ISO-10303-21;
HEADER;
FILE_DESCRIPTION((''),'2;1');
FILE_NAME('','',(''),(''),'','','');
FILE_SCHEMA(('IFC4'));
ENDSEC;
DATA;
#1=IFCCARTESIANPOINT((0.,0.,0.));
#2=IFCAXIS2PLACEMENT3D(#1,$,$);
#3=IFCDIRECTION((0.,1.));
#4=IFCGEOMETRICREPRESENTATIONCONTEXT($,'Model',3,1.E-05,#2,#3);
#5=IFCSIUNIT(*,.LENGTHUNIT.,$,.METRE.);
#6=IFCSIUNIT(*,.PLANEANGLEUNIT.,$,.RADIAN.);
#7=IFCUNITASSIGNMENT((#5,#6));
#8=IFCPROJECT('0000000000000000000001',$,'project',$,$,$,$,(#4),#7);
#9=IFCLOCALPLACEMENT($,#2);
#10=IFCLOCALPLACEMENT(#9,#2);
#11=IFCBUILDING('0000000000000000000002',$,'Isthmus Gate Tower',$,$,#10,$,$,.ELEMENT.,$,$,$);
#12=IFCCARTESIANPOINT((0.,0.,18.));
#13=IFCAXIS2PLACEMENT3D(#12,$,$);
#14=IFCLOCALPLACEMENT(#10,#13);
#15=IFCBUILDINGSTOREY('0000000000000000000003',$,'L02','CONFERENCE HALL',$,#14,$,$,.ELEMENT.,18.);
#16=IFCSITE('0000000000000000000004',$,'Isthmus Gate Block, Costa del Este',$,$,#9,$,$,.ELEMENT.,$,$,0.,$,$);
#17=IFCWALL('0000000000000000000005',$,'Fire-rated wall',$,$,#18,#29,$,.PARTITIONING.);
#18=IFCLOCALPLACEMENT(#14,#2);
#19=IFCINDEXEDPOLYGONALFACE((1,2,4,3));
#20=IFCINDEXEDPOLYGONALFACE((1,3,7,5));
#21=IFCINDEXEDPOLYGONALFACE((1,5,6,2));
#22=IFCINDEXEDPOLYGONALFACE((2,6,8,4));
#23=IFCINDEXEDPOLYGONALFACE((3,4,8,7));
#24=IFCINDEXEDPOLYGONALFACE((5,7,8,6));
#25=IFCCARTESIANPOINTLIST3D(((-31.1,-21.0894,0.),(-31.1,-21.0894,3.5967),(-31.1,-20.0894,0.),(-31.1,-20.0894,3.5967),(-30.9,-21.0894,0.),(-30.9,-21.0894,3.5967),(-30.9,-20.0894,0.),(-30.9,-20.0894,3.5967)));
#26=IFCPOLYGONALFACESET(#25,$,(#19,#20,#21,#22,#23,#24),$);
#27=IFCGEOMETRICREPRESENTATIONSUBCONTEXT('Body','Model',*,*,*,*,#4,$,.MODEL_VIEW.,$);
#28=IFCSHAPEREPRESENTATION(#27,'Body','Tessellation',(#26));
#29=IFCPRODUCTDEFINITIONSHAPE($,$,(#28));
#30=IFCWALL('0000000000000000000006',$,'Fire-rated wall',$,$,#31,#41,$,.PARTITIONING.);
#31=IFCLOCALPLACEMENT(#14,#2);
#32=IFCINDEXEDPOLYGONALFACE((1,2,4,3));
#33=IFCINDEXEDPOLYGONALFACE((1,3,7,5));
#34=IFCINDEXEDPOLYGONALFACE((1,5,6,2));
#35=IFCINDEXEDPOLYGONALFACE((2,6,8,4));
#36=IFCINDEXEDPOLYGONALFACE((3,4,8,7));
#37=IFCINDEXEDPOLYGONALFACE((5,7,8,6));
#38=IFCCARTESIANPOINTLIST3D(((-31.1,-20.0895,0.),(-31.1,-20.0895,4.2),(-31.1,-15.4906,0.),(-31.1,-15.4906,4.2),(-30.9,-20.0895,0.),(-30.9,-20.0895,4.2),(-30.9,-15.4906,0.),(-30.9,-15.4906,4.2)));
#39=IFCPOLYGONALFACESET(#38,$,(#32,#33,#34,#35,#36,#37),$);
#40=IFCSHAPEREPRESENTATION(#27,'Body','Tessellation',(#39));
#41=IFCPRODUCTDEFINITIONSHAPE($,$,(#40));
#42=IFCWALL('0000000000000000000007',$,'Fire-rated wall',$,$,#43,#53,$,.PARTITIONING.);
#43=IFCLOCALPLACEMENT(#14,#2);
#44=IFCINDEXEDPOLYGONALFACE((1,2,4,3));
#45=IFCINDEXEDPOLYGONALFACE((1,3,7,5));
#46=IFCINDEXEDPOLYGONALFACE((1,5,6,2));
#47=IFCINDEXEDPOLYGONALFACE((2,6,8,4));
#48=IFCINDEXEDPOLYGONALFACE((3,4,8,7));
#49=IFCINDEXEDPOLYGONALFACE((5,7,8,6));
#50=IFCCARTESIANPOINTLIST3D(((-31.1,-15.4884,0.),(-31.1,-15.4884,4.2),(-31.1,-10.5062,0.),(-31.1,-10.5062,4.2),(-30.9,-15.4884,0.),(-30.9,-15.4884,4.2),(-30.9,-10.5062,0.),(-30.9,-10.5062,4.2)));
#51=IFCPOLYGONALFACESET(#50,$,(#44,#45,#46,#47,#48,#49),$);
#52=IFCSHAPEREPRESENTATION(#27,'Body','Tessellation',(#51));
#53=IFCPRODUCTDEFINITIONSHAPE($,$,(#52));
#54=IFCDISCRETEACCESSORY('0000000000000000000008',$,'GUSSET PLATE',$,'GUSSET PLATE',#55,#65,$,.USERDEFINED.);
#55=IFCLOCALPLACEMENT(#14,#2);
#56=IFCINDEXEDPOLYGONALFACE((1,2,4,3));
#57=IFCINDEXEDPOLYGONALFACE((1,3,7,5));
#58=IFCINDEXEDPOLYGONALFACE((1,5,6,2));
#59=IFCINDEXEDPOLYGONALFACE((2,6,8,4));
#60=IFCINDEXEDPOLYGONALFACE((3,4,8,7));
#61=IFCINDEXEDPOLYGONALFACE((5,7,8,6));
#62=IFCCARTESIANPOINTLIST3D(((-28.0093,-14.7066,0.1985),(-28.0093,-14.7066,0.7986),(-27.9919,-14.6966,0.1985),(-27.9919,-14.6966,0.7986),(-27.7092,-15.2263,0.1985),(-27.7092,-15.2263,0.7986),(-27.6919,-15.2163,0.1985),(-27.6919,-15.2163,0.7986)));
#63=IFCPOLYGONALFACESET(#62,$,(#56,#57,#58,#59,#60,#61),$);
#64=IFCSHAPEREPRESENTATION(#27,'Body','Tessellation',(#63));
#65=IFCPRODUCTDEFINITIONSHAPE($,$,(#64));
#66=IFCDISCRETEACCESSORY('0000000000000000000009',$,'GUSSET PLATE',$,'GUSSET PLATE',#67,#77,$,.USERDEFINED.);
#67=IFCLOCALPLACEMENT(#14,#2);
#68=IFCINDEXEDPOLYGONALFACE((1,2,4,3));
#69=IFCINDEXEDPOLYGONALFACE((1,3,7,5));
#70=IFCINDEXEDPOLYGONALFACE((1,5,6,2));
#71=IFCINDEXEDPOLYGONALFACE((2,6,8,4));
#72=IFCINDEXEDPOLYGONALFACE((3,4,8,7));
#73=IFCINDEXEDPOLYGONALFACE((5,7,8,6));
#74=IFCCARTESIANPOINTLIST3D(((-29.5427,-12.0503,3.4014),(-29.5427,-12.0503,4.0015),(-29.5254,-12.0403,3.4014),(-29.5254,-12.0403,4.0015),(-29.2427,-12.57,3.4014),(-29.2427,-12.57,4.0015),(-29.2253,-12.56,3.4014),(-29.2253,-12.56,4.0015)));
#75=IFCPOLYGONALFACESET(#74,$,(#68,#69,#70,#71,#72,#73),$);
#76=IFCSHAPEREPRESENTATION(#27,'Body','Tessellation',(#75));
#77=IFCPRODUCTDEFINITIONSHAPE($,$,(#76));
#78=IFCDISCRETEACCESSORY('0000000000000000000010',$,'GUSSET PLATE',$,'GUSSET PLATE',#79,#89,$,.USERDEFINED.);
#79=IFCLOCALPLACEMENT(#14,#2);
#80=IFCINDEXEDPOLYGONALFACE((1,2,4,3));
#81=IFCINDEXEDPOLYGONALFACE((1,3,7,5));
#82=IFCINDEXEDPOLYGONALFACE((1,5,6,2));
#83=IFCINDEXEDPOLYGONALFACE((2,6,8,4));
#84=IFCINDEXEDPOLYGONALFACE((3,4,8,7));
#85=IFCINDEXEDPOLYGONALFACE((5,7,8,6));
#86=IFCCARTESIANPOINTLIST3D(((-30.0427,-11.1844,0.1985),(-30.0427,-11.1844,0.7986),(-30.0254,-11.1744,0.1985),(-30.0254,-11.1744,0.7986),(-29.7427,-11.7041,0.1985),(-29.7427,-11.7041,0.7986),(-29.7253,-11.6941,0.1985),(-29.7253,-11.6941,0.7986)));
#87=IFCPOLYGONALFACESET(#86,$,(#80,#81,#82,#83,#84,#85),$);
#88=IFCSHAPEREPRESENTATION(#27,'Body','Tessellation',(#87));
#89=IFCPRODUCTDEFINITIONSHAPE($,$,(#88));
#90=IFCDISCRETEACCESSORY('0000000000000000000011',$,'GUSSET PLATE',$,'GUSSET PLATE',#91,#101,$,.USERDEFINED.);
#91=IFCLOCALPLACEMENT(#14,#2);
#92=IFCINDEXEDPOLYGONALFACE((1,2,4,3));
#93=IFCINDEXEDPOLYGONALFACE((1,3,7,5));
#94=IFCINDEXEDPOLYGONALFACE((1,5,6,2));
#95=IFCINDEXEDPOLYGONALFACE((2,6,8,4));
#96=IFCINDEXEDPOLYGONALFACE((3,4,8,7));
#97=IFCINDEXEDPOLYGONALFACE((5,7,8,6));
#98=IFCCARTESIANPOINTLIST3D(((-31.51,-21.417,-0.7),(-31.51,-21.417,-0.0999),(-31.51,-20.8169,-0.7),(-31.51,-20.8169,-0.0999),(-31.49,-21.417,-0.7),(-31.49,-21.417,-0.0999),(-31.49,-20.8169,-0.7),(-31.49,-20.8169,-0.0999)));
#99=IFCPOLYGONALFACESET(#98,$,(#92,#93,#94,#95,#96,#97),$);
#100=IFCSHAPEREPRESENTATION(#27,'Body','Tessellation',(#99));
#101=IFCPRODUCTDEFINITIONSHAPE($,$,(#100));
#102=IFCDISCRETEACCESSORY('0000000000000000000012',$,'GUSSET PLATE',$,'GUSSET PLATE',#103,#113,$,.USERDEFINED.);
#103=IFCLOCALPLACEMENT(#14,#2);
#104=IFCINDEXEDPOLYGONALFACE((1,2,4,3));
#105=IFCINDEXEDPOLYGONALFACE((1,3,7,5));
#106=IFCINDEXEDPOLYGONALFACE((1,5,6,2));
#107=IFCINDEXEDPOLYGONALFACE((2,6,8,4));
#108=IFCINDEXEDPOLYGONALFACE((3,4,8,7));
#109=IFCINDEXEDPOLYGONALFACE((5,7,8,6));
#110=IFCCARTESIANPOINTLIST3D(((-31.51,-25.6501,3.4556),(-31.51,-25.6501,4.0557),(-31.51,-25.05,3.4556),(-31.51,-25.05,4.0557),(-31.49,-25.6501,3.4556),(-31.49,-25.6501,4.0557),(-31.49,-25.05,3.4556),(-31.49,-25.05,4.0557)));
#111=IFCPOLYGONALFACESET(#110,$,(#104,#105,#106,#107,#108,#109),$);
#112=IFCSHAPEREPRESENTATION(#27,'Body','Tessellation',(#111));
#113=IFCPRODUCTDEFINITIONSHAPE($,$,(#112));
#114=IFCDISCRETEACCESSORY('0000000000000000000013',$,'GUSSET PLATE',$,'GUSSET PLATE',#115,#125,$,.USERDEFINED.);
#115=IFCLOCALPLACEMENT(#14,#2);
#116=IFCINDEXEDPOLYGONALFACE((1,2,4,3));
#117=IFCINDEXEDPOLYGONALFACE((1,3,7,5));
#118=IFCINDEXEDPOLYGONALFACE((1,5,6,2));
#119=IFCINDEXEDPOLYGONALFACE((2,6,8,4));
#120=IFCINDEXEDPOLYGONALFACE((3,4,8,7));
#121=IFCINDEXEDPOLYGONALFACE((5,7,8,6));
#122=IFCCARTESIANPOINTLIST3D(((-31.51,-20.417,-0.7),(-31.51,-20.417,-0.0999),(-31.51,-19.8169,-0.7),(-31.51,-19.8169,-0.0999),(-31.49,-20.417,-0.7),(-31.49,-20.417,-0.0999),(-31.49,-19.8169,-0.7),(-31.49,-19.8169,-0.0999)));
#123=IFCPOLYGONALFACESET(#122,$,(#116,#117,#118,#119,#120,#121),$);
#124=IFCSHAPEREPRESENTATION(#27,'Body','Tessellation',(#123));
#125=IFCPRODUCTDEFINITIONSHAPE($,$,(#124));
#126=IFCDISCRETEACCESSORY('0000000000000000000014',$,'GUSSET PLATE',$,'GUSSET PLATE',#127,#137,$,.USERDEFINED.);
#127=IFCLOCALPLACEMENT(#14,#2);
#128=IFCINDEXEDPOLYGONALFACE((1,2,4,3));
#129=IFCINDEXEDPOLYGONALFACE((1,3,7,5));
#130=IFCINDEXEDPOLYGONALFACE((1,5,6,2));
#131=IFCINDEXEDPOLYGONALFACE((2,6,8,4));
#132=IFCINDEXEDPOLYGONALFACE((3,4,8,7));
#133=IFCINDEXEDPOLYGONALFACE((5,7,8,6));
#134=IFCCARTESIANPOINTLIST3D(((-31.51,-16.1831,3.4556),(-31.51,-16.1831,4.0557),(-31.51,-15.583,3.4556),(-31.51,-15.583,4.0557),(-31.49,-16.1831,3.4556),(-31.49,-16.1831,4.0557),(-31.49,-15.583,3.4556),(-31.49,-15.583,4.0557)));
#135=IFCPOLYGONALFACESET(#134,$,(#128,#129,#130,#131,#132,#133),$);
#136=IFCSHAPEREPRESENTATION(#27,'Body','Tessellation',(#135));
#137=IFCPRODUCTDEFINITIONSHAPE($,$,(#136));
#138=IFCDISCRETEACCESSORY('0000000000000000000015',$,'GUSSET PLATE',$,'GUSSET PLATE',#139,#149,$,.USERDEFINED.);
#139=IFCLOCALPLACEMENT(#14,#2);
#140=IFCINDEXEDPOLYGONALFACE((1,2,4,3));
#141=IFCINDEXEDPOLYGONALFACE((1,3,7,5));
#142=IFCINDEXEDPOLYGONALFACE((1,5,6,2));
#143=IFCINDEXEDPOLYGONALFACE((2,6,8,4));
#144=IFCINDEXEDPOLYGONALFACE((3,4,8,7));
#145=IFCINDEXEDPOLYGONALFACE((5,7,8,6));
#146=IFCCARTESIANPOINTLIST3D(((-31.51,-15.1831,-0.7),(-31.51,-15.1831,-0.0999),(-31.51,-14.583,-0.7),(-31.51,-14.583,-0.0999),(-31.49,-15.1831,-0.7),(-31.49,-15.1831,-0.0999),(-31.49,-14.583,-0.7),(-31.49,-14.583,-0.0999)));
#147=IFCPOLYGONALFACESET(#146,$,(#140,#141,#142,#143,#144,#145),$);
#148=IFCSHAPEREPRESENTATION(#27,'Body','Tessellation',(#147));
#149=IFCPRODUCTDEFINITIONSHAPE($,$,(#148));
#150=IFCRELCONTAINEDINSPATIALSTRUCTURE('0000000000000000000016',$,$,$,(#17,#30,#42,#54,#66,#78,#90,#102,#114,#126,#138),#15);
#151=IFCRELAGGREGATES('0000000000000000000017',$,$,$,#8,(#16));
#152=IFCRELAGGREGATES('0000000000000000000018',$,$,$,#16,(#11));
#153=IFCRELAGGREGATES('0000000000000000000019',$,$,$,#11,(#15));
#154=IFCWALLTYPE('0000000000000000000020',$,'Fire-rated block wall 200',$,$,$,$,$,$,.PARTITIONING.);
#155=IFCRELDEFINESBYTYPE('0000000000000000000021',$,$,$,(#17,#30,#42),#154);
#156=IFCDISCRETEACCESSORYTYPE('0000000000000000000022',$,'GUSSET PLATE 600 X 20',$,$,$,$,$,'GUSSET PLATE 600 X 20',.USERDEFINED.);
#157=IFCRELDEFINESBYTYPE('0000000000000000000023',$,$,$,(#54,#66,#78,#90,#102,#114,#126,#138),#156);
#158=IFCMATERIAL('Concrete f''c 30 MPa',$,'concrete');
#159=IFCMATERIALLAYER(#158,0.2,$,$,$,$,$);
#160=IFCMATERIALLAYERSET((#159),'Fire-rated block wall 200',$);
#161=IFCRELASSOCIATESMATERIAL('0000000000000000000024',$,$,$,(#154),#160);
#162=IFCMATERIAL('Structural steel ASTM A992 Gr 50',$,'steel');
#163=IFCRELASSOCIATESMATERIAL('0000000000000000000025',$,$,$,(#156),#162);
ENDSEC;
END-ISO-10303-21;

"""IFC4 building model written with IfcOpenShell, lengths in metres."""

from ifc_helpers import new_model, si_unit, direction, frame, frame_2d, origin, origin_2d, place, context, subcontext, project, spatial, rectangle, extrude, material, layer, layer_set, type_object, element, save


model = new_model("IFC4")

# Units and contexts
model_context = context("Model", 3, precision=1e-05, world=origin(), true_north=direction((0.0, 1.0)))
body_context = subcontext(model_context, "Body", "Model", "MODEL_VIEW")
ifc_project = project(units=[si_unit("LENGTHUNIT", "METRE"), si_unit("PLANEANGLEUNIT", "RADIAN")], contexts=[model_context])

# Site, building, storey
site_placement = place(None, origin())
site = spatial("IfcSite", under=ifc_project, at=site_placement, Name="Isthmus Gate Block, Costa del Este", CompositionType="ELEMENT", RefElevation=0.0)
building_placement = place(site_placement, origin())
building = spatial("IfcBuilding", under=site, at=building_placement, Name="Isthmus Gate Tower", CompositionType="ELEMENT")
storey_placement = place(building_placement, frame((0.0, 0.0, 18.0)))
storey = spatial("IfcBuildingStorey", under=building, at=storey_placement, Name="L02", Description="CONFERENCE HALL", CompositionType="ELEMENT", Elevation=18.0)

# Shared definitions
ifc_material_1 = material(Name="Concrete f'c 30 MPa", Category="concrete")
ifc_layer_1 = layer(ifc_material_1, 0.2)
ifc_layer_set_1 = layer_set([ifc_layer_1], Name="Fire-rated block wall 200")
wall_type_1 = type_object("IfcWallType", Name="Fire-rated block wall 200", PredefinedType="PARTITIONING", material=ifc_layer_set_1)

# Walls
wall_1_placement = place(storey_placement, frame((-31.0, -21.0894, 0.0), z_axis=(0.0, 0.0, 1.0), x_axis=(0.0, 1.0, 0.0)))
element("IfcWall", 1, at=wall_1_placement, inside=storey, type_object=wall_type_1, Name="Fire-rated wall", PredefinedType="PARTITIONING", context=body_context, shape_type="SweptSolid", body=[
    extrude(rectangle(XDim=1.0, YDim=0.2, at=frame_2d((0.5, 0.0))), origin(), (0.0, 0.0, 1.0), 3.5967),
])
wall_2_placement = place(storey_placement, frame((-31.0, -20.0894, 0.0), z_axis=(0.0, 0.0, 1.0), x_axis=(0.0, 1.0, 0.0)))
element("IfcWall", 2, at=wall_2_placement, inside=storey, type_object=wall_type_1, Name="Fire-rated wall", PredefinedType="PARTITIONING", context=body_context, shape_type="SweptSolid", body=[
    extrude(rectangle(XDim=4.5989, YDim=0.2, at=frame_2d((2.2993, 0.0))), origin(), (0.0, 0.0, 1.0), 4.2),
])
wall_3_placement = place(storey_placement, frame((-31.0, -15.4885, 0.0), z_axis=(0.0, 0.0, 1.0), x_axis=(0.0, 1.0, 0.0)))
element("IfcWall", 3, at=wall_3_placement, inside=storey, type_object=wall_type_1, Name="Fire-rated wall", PredefinedType="PARTITIONING", context=body_context, shape_type="SweptSolid", body=[
    extrude(rectangle(XDim=4.9822, YDim=0.2, at=frame_2d((2.4912, 0.0))), origin(), (0.0, 0.0, 1.0), 4.2),
])

# Discrete accessories
ifc_material_2 = material(Name="Structural steel ASTM A992 Gr 50", Category="steel")
discrete_accessory_type = type_object("IfcDiscreteAccessoryType", Name="GUSSET PLATE 600 X 20", ElementType="GUSSET PLATE 600 X 20", PredefinedType="USERDEFINED", material=ifc_material_2)
for number, where, z_axis, x_axis, name in (
    (4, (-27.8506, -14.9614, 0.1985), (0.0, 0.0, 1.0), (-0.5, 0.866025, 0.0), "GUSSET PLATE"),
    (5, (-29.384, -12.3052, 3.4014), (0.0, 0.0, 1.0), (-0.5, 0.866025, 0.0), "GUSSET PLATE"),
    (6, (-29.884, -11.4392, 0.1985), (0.0, 0.0, 1.0), (-0.5, 0.866025, 0.0), "GUSSET PLATE"),
    (7, (-31.5, -21.1169, -0.7), (0.0, 0.0, 1.0), (0.0, -1.0, 0.0), "GUSSET PLATE"),
    (8, (-31.5, -25.3501, 3.4556), (0.0, 0.0, 1.0), (0.0, -1.0, 0.0), "GUSSET PLATE"),
    (9, (-31.5, -20.1169, -0.7), (0.0, 0.0, 1.0), (0.0, 1.0, 0.0), "GUSSET PLATE"),
    (10, (-31.5, -15.8831, 3.4556), (0.0, 0.0, 1.0), (0.0, 1.0, 0.0), "GUSSET PLATE"),
    (11, (-31.5, -14.8831, -0.7), (0.0, 0.0, 1.0), (0.0, 1.0, 0.0), "GUSSET PLATE"),
):
    element("IfcDiscreteAccessory", number, at=place(storey_placement, frame(where, z_axis=z_axis, x_axis=x_axis)), inside=storey, type_object=discrete_accessory_type, Name=name, ObjectType="GUSSET PLATE", PredefinedType="USERDEFINED", context=body_context, shape_type="SweptSolid", body=[
        extrude(rectangle(XDim=0.6001, YDim=0.02, at=origin_2d()), origin(), (0.0, 0.0, 1.0), 0.6001),
    ])

save(model, "model.ifc")
